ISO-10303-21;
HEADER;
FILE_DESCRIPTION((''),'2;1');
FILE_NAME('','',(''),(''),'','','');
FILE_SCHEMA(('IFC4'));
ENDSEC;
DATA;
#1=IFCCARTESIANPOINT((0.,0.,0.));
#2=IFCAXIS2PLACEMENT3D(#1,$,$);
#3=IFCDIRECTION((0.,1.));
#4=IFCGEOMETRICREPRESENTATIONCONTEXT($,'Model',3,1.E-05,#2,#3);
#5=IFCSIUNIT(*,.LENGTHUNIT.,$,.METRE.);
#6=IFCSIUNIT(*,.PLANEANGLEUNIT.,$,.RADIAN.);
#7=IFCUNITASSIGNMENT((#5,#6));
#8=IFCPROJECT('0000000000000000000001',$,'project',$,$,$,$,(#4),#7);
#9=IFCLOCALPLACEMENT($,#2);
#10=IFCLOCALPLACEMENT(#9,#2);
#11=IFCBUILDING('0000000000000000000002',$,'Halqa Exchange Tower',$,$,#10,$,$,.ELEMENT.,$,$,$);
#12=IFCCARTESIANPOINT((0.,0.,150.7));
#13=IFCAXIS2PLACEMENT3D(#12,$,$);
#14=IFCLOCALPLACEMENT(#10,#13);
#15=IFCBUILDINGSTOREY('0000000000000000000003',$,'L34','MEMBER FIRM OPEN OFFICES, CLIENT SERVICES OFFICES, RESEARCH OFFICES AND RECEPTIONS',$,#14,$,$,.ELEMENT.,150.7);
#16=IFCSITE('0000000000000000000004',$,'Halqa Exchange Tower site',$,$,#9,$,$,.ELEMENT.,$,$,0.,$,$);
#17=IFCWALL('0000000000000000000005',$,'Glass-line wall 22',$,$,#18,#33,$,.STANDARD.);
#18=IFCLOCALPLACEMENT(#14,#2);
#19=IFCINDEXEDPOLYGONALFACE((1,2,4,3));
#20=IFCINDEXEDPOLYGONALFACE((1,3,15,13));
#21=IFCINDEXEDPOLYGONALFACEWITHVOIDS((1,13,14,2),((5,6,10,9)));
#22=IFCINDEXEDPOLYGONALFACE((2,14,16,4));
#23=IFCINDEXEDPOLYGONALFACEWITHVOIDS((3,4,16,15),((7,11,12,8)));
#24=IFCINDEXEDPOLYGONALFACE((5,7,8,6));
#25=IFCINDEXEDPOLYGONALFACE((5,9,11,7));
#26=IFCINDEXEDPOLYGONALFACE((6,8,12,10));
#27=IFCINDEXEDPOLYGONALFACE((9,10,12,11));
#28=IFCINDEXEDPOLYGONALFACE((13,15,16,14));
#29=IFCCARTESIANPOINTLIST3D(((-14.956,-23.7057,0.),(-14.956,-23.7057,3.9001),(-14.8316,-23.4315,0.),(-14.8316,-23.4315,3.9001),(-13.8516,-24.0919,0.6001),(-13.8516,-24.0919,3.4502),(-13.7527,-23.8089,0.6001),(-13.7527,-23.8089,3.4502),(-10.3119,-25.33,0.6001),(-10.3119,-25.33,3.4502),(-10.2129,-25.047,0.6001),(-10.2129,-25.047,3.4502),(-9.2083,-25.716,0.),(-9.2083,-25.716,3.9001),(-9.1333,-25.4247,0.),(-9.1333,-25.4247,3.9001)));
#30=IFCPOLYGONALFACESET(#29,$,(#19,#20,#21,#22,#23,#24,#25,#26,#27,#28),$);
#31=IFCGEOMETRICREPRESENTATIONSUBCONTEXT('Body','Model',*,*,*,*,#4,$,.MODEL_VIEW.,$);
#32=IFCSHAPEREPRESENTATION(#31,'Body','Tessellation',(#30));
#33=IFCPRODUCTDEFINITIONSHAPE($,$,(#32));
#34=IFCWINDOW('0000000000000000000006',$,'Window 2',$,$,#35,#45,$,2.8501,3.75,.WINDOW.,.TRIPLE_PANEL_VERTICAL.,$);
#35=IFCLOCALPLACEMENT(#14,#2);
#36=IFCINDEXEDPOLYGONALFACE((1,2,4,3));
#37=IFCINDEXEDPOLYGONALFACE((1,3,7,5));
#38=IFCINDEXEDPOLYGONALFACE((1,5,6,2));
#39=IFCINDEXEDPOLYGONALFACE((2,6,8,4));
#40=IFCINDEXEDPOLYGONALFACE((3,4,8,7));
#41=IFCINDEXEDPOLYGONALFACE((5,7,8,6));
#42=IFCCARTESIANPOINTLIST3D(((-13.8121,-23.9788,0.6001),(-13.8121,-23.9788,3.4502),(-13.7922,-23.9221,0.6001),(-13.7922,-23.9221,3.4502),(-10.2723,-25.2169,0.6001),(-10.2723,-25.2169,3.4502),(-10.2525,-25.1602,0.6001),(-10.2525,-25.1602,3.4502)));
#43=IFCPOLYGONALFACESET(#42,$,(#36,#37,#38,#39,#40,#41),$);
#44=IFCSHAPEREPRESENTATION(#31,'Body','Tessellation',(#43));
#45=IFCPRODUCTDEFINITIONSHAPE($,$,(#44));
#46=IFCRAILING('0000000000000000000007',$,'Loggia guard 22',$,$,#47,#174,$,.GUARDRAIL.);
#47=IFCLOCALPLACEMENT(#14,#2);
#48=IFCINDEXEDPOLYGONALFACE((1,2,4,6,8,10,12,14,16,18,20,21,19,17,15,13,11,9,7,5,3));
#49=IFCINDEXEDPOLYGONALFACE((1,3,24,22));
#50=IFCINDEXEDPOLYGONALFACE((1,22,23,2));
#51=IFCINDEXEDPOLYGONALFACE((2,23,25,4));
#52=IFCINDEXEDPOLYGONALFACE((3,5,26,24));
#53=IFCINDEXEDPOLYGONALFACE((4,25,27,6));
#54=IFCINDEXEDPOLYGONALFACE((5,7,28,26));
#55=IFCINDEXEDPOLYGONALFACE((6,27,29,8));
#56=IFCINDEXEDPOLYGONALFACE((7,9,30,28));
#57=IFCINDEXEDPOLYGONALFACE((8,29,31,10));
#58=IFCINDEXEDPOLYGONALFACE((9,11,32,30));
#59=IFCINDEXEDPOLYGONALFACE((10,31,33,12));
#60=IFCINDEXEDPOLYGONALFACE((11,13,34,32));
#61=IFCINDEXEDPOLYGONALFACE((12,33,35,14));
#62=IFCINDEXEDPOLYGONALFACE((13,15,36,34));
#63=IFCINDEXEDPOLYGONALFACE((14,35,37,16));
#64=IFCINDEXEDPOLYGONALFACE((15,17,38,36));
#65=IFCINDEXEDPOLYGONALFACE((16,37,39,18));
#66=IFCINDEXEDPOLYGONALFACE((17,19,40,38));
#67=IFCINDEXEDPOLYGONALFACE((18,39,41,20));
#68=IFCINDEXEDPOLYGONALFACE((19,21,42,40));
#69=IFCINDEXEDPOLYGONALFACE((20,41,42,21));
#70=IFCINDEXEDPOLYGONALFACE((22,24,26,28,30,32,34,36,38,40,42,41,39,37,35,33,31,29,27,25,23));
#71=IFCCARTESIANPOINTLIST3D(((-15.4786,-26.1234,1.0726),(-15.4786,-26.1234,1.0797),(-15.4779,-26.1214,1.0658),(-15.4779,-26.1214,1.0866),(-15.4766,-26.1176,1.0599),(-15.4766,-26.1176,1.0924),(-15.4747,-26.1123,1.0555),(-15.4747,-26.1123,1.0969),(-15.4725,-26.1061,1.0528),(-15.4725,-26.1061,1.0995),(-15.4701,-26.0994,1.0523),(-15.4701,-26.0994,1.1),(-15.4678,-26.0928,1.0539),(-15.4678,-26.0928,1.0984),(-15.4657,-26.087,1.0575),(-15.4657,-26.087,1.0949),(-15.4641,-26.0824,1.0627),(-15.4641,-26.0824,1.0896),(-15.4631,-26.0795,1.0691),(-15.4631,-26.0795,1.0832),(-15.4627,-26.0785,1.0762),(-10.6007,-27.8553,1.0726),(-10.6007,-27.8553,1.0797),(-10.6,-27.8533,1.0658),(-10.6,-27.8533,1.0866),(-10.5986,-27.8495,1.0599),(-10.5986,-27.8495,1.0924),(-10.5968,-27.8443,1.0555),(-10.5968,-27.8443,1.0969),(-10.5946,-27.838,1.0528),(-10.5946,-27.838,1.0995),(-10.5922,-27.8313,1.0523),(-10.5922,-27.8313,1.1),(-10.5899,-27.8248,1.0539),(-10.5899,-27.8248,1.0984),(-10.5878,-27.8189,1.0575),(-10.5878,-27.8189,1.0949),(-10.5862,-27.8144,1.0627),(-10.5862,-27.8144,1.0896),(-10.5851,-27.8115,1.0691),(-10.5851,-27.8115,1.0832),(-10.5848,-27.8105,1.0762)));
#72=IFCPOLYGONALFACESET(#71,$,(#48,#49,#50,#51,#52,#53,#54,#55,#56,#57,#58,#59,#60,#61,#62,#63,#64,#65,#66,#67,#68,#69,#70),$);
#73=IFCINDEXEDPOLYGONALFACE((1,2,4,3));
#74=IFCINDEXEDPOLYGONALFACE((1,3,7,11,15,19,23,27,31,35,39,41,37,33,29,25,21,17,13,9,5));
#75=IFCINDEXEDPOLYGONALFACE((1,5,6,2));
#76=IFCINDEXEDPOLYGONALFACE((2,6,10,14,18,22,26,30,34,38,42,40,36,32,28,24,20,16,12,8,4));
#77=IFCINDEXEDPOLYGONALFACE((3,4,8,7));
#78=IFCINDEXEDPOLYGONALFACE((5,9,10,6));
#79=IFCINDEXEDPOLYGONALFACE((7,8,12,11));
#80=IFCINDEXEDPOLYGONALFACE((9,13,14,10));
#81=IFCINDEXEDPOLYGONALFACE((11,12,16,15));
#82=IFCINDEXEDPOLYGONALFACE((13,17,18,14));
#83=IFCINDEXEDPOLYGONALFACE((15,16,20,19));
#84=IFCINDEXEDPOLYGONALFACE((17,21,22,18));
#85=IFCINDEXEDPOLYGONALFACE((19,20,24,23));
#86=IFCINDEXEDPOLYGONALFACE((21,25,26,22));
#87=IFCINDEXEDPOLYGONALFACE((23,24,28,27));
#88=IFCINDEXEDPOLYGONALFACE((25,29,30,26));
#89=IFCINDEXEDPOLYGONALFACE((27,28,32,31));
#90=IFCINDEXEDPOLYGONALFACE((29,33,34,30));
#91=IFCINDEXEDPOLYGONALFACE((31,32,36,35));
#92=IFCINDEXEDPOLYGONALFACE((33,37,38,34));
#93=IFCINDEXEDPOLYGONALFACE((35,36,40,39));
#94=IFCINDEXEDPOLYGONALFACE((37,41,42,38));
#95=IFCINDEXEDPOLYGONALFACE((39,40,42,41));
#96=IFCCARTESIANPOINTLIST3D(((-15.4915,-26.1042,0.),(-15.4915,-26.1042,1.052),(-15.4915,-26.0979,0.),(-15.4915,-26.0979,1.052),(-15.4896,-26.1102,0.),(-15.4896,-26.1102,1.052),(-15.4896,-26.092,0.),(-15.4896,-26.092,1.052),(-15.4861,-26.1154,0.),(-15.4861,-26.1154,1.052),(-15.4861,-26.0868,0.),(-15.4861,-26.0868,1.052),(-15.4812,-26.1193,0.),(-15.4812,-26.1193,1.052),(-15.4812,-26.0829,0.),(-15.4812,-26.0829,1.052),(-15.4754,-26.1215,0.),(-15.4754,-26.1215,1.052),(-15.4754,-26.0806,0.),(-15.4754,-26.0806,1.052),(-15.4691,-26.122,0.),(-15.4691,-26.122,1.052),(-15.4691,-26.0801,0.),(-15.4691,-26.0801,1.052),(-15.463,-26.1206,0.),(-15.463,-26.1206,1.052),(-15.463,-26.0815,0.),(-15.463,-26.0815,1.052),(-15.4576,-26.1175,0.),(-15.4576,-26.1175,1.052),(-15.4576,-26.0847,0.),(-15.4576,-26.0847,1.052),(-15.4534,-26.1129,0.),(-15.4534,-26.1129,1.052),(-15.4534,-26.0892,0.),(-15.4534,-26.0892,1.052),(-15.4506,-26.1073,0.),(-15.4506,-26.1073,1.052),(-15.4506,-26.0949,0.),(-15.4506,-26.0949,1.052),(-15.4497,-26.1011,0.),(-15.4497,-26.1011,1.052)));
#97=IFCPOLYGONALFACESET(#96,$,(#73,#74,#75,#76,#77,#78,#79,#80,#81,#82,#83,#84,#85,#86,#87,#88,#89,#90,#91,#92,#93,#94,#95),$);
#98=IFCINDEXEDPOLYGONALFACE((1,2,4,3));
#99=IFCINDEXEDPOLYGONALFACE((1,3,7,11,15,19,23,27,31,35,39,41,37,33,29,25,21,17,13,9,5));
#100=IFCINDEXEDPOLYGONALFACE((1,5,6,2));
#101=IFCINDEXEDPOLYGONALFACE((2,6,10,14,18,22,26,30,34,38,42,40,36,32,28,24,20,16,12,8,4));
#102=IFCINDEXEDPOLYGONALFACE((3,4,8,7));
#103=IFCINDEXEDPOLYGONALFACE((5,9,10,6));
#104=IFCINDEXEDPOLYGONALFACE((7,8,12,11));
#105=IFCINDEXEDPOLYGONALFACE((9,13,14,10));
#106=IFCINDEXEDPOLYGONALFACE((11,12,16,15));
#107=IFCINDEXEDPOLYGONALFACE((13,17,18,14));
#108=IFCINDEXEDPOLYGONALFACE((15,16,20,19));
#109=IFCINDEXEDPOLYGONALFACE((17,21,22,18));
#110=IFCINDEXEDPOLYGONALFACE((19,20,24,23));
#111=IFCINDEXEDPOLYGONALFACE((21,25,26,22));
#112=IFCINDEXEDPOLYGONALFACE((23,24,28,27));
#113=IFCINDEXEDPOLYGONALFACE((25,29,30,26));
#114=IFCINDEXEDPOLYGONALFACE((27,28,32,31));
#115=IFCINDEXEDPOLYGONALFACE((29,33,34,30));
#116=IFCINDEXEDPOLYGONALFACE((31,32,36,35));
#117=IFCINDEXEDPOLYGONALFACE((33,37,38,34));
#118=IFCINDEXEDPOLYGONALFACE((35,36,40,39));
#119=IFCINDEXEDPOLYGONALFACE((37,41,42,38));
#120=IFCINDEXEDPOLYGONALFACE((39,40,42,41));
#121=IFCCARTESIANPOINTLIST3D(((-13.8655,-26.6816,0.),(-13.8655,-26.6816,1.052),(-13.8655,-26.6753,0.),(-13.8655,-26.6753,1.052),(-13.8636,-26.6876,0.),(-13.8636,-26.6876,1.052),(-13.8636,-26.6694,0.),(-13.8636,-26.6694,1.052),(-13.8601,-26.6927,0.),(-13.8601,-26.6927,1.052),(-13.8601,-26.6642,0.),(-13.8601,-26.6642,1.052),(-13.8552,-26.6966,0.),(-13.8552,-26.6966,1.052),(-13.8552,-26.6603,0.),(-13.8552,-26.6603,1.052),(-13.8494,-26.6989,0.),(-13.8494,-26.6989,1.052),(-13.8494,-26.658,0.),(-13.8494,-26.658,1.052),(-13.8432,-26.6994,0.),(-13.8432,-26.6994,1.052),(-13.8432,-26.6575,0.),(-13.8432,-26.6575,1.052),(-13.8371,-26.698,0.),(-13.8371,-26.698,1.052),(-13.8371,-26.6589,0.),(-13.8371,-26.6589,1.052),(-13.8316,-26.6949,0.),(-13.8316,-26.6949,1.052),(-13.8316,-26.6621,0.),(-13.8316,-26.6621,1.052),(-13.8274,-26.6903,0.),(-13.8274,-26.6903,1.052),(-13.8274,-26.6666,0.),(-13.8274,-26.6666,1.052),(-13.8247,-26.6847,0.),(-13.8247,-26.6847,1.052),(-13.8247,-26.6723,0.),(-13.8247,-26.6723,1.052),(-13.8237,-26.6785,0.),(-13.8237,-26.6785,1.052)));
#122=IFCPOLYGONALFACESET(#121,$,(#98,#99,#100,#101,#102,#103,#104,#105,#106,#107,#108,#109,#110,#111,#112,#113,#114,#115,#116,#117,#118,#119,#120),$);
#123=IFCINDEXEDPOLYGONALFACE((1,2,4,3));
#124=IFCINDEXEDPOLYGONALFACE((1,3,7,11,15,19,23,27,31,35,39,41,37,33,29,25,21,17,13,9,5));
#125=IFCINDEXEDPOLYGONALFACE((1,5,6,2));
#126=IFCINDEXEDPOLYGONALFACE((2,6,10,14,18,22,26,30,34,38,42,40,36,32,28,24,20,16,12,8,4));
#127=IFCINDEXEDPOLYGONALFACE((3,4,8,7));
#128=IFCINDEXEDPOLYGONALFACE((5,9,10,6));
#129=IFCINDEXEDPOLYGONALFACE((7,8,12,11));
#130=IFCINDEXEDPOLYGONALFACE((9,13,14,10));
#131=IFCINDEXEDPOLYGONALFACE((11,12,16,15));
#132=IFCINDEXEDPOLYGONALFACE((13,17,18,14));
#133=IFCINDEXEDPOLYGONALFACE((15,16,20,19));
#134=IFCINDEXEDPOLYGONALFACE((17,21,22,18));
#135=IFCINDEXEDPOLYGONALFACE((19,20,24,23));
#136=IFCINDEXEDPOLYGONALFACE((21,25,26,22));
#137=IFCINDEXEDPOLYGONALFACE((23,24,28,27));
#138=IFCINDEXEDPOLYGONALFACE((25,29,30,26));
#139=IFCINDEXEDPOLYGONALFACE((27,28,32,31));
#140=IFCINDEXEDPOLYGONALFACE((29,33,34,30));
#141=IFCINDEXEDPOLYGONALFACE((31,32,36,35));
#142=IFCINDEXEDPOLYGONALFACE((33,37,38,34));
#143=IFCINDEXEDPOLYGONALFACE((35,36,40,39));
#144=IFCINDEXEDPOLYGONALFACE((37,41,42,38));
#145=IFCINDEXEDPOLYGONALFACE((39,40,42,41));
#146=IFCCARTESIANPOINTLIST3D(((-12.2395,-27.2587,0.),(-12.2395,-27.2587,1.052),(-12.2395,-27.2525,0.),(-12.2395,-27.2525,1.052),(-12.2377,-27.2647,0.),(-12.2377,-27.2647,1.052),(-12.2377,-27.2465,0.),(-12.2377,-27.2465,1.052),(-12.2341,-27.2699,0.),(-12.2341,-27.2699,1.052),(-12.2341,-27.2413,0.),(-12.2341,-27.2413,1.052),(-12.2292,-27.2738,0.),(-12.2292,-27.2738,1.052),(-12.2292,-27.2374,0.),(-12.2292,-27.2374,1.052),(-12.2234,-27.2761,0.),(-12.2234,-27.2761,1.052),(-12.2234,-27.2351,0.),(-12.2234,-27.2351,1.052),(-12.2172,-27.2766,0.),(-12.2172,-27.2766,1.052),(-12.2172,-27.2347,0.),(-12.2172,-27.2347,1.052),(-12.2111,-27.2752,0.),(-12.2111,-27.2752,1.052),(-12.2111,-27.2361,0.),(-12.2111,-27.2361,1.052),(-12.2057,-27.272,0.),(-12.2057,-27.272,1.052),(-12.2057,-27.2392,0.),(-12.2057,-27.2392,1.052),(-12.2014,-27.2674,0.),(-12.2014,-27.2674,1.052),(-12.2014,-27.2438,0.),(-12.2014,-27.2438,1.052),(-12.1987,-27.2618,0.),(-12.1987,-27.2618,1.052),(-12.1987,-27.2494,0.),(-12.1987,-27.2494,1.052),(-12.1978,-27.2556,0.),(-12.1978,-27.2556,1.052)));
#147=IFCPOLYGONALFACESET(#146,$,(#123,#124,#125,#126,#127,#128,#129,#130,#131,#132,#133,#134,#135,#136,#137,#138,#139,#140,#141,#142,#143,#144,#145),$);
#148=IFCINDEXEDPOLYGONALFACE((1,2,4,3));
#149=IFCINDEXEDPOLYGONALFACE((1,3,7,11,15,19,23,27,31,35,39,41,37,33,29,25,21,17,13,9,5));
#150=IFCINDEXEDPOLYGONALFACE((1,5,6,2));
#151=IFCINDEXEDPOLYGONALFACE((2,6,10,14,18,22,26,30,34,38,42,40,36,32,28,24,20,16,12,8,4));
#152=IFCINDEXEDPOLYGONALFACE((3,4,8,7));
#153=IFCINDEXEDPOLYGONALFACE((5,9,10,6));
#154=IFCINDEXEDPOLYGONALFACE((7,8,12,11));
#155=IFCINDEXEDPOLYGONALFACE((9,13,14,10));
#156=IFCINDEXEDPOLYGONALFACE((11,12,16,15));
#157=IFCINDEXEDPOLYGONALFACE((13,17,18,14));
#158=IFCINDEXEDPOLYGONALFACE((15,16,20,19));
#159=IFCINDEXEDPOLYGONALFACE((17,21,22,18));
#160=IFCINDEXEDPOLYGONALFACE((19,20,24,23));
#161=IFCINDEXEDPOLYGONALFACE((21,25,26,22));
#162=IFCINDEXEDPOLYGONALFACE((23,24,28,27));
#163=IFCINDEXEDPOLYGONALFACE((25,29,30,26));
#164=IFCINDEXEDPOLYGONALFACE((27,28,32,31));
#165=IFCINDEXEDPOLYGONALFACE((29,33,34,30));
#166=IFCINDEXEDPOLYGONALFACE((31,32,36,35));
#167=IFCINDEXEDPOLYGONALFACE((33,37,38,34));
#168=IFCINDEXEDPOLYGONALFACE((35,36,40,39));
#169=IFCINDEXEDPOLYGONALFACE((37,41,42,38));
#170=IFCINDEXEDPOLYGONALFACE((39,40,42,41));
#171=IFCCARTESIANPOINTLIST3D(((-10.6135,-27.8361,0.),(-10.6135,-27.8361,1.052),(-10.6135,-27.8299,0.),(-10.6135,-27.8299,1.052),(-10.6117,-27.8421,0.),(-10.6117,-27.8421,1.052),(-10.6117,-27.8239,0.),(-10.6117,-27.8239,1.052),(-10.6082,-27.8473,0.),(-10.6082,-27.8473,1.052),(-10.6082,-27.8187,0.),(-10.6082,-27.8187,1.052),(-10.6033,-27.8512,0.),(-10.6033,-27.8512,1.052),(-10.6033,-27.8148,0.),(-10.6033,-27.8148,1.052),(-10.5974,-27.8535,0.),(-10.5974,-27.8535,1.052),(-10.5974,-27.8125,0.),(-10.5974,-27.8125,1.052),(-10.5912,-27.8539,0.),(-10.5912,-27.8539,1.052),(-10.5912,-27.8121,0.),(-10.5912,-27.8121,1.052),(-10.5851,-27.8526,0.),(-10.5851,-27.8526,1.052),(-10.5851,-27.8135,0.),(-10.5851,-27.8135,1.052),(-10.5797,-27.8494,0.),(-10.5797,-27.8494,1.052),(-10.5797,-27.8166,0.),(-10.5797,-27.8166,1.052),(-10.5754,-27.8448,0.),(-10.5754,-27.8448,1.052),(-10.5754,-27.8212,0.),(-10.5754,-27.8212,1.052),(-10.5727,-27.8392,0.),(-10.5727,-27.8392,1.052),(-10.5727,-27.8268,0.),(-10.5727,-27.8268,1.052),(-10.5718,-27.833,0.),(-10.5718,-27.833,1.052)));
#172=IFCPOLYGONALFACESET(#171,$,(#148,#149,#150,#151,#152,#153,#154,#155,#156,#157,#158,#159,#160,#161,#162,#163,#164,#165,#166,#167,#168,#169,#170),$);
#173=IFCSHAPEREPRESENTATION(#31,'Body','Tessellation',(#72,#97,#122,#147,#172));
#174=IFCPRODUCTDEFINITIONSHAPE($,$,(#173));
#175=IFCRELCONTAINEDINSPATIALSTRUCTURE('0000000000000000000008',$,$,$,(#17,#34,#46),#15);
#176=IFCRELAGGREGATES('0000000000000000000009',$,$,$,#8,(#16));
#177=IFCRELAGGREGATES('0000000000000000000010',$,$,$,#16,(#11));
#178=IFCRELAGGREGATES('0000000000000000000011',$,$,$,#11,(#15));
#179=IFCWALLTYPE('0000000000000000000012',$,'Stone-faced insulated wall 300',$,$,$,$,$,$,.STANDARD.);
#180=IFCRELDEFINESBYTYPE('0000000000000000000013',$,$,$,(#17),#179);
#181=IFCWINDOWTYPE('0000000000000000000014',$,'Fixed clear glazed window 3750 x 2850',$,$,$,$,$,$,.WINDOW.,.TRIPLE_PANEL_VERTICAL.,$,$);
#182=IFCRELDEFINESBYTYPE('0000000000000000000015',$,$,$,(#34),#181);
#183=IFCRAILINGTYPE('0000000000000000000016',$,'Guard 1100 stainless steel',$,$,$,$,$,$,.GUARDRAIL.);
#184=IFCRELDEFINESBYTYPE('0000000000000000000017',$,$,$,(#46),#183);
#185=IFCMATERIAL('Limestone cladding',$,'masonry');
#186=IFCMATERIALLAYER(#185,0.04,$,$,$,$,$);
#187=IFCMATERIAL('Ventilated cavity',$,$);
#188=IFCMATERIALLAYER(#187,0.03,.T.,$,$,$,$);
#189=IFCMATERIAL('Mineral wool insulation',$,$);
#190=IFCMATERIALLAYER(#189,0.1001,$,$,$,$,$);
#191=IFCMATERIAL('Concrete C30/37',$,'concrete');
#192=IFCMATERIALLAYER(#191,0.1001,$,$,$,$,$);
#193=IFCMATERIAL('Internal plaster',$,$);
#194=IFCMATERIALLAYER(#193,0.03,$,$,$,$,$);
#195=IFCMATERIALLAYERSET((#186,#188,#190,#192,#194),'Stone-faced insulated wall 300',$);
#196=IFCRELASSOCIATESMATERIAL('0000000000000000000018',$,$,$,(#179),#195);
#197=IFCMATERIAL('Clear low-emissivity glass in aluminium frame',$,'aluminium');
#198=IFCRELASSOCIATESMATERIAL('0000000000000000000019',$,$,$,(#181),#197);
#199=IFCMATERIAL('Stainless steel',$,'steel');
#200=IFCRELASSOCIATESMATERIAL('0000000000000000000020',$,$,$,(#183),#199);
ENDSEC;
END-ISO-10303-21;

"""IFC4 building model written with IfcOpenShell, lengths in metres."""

from ifc_helpers import new_model, si_unit, direction, frame, frame_2d, origin, origin_2d, place, context, subcontext, project, spatial, polyline, rectangle, circle, outline, extrude, material, layer, layer_set, type_object, element, fill, save


model = new_model("IFC4")

# Units and contexts
model_context = context("Model", 3, precision=1e-05, world=origin(), true_north=direction((0.0, 1.0)))
body_context = subcontext(model_context, "Body", "Model", "MODEL_VIEW")
ifc_project = project(units=[si_unit("LENGTHUNIT", "METRE"), si_unit("PLANEANGLEUNIT", "RADIAN")], contexts=[model_context])

# Site, building, storey
site_placement = place(None, origin())
site = spatial("IfcSite", under=ifc_project, at=site_placement, Name="Halqa Exchange Tower site", CompositionType="ELEMENT", RefElevation=0.0)
building_placement = place(site_placement, origin())
building = spatial("IfcBuilding", under=site, at=building_placement, Name="Halqa Exchange Tower", CompositionType="ELEMENT")
storey_placement = place(building_placement, frame((0.0, 0.0, 150.7)))
storey = spatial("IfcBuildingStorey", under=building, at=storey_placement, Name="L34", Description="MEMBER FIRM OPEN OFFICES, CLIENT SERVICES OFFICES, RESEARCH OFFICES AND RECEPTIONS", CompositionType="ELEMENT", Elevation=150.7)

# Wall, opening, window
ifc_material_1 = material(Name="Limestone cladding", Category="masonry")
ifc_layer_1 = layer(ifc_material_1, 0.04)
ifc_material_2 = material(Name="Ventilated cavity")
ifc_layer_2 = layer(ifc_material_2, 0.03, ventilated=True)
ifc_material_3 = material(Name="Mineral wool insulation")
ifc_layer_3 = layer(ifc_material_3, 0.1001)
ifc_material_4 = material(Name="Concrete C30/37", Category="concrete")
ifc_layer_4 = layer(ifc_material_4, 0.1001)
ifc_material_5 = material(Name="Internal plaster")
ifc_layer_5 = layer(ifc_material_5, 0.03)
ifc_layer_set_1 = layer_set([ifc_layer_1, ifc_layer_2, ifc_layer_3, ifc_layer_4, ifc_layer_5], Name="Stone-faced insulated wall 300")
wall_type_1 = type_object("IfcWallType", Name="Stone-faced insulated wall 300", PredefinedType="STANDARD", material=ifc_layer_set_1)
ifc_material_6 = material(Name="Clear low-emissivity glass in aluminium frame", Category="aluminium")
window_type = type_object("IfcWindowType", Name="Fixed clear glazed window 3750 x 2850", PartitioningType="TRIPLE_PANEL_VERTICAL", PredefinedType="WINDOW", material=ifc_material_6)
wall_1_placement = place(storey_placement, frame((-14.8938, -23.5686, 0.0), z_axis=(0.0, 0.0, 1.0), x_axis=(0.943926, -0.330158, 0.0)))
wall_1 = element("IfcWall", 1, at=wall_1_placement, inside=storey, type_object=wall_type_1, Name="Glass-line wall 22", PredefinedType="STANDARD", context=body_context, shape_type="SweptSolid", body=[
    extrude(outline(polyline([(-0.0134, -0.1499), (6.0757, -0.1499), (6.0503, 0.1499), (0.0134, 0.1499), (-0.0134, -0.1499)])), origin(), (0.0, 0.0, 1.0), 3.9001),
])
opening_1_placement = place(wall_1_placement, frame((1.1565, 0.0, 0.6001)))
opening_1 = element("IfcOpeningElement", 2, at=opening_1_placement, cuts=wall_1, PredefinedType="OPENING", context=body_context, shape_type="SweptSolid", body=[
    extrude(rectangle(XDim=3.75, YDim=2.8501, at=frame_2d((1.875, 1.425))), frame((0.0, 0.1621, 0.0), z_axis=(0.0, -1.0, 0.0), x_axis=(1.0, 0.0, 0.0)), (0.0, 0.0, 1.0), 0.324),
])
window_1_placement = place(opening_1_placement, origin())
window_1 = element("IfcWindow", 3, at=window_1_placement, inside=storey, type_object=window_type, Name="Window 2", OverallHeight=2.8501, OverallWidth=3.75, PartitioningType="TRIPLE_PANEL_VERTICAL", PredefinedType="WINDOW", context=body_context, shape_type="SweptSolid", body=[
    extrude(rectangle(XDim=3.75, YDim=2.8501, at=frame_2d((1.875, 1.425))), frame((0.0, 0.03, 0.0), z_axis=(0.0, -1.0, 0.0), x_axis=(1.0, 0.0, 0.0)), (0.0, 0.0, 1.0), 0.0601),
])
fill(opening_1, window_1)

# Railing
ifc_material_7 = material(Name="Stainless steel", Category="steel")
railing_type = type_object("IfcRailingType", Name="Guard 1100 stainless steel", PredefinedType="GUARDRAIL", material=ifc_material_7)
railing_placement = place(storey_placement, frame((-15.4707, -26.1011, 0.0)))
element("IfcRailing", 4, at=railing_placement, inside=storey, type_object=railing_type, Name="Loggia guard 22", PredefinedType="GUARDRAIL", context=body_context, shape_type="SweptSolid", body=[
    extrude(circle(Radius=0.0239, at=origin_2d()), frame((0.0, 0.0, 1.0762), z_axis=(0.942363, -0.334591, 0.0), x_axis=(0.334591, 0.942363, 0.0)), (0.0, 0.0, 1.0), 5.1763),
    extrude(circle(Radius=0.021, at=origin_2d()), origin(), (0.0, 0.0, 1.0), 1.052),
    extrude(circle(Radius=0.021, at=origin_2d()), frame((1.626, -0.5774, 0.0)), (0.0, 0.0, 1.0), 1.052),
    extrude(circle(Radius=0.021, at=origin_2d()), frame((3.252, -1.1545, 0.0)), (0.0, 0.0, 1.0), 1.052),
    extrude(circle(Radius=0.021, at=origin_2d()), frame((4.8779, -1.7319, 0.0)), (0.0, 0.0, 1.0), 1.052),
])

save(model, "model.ifc")
